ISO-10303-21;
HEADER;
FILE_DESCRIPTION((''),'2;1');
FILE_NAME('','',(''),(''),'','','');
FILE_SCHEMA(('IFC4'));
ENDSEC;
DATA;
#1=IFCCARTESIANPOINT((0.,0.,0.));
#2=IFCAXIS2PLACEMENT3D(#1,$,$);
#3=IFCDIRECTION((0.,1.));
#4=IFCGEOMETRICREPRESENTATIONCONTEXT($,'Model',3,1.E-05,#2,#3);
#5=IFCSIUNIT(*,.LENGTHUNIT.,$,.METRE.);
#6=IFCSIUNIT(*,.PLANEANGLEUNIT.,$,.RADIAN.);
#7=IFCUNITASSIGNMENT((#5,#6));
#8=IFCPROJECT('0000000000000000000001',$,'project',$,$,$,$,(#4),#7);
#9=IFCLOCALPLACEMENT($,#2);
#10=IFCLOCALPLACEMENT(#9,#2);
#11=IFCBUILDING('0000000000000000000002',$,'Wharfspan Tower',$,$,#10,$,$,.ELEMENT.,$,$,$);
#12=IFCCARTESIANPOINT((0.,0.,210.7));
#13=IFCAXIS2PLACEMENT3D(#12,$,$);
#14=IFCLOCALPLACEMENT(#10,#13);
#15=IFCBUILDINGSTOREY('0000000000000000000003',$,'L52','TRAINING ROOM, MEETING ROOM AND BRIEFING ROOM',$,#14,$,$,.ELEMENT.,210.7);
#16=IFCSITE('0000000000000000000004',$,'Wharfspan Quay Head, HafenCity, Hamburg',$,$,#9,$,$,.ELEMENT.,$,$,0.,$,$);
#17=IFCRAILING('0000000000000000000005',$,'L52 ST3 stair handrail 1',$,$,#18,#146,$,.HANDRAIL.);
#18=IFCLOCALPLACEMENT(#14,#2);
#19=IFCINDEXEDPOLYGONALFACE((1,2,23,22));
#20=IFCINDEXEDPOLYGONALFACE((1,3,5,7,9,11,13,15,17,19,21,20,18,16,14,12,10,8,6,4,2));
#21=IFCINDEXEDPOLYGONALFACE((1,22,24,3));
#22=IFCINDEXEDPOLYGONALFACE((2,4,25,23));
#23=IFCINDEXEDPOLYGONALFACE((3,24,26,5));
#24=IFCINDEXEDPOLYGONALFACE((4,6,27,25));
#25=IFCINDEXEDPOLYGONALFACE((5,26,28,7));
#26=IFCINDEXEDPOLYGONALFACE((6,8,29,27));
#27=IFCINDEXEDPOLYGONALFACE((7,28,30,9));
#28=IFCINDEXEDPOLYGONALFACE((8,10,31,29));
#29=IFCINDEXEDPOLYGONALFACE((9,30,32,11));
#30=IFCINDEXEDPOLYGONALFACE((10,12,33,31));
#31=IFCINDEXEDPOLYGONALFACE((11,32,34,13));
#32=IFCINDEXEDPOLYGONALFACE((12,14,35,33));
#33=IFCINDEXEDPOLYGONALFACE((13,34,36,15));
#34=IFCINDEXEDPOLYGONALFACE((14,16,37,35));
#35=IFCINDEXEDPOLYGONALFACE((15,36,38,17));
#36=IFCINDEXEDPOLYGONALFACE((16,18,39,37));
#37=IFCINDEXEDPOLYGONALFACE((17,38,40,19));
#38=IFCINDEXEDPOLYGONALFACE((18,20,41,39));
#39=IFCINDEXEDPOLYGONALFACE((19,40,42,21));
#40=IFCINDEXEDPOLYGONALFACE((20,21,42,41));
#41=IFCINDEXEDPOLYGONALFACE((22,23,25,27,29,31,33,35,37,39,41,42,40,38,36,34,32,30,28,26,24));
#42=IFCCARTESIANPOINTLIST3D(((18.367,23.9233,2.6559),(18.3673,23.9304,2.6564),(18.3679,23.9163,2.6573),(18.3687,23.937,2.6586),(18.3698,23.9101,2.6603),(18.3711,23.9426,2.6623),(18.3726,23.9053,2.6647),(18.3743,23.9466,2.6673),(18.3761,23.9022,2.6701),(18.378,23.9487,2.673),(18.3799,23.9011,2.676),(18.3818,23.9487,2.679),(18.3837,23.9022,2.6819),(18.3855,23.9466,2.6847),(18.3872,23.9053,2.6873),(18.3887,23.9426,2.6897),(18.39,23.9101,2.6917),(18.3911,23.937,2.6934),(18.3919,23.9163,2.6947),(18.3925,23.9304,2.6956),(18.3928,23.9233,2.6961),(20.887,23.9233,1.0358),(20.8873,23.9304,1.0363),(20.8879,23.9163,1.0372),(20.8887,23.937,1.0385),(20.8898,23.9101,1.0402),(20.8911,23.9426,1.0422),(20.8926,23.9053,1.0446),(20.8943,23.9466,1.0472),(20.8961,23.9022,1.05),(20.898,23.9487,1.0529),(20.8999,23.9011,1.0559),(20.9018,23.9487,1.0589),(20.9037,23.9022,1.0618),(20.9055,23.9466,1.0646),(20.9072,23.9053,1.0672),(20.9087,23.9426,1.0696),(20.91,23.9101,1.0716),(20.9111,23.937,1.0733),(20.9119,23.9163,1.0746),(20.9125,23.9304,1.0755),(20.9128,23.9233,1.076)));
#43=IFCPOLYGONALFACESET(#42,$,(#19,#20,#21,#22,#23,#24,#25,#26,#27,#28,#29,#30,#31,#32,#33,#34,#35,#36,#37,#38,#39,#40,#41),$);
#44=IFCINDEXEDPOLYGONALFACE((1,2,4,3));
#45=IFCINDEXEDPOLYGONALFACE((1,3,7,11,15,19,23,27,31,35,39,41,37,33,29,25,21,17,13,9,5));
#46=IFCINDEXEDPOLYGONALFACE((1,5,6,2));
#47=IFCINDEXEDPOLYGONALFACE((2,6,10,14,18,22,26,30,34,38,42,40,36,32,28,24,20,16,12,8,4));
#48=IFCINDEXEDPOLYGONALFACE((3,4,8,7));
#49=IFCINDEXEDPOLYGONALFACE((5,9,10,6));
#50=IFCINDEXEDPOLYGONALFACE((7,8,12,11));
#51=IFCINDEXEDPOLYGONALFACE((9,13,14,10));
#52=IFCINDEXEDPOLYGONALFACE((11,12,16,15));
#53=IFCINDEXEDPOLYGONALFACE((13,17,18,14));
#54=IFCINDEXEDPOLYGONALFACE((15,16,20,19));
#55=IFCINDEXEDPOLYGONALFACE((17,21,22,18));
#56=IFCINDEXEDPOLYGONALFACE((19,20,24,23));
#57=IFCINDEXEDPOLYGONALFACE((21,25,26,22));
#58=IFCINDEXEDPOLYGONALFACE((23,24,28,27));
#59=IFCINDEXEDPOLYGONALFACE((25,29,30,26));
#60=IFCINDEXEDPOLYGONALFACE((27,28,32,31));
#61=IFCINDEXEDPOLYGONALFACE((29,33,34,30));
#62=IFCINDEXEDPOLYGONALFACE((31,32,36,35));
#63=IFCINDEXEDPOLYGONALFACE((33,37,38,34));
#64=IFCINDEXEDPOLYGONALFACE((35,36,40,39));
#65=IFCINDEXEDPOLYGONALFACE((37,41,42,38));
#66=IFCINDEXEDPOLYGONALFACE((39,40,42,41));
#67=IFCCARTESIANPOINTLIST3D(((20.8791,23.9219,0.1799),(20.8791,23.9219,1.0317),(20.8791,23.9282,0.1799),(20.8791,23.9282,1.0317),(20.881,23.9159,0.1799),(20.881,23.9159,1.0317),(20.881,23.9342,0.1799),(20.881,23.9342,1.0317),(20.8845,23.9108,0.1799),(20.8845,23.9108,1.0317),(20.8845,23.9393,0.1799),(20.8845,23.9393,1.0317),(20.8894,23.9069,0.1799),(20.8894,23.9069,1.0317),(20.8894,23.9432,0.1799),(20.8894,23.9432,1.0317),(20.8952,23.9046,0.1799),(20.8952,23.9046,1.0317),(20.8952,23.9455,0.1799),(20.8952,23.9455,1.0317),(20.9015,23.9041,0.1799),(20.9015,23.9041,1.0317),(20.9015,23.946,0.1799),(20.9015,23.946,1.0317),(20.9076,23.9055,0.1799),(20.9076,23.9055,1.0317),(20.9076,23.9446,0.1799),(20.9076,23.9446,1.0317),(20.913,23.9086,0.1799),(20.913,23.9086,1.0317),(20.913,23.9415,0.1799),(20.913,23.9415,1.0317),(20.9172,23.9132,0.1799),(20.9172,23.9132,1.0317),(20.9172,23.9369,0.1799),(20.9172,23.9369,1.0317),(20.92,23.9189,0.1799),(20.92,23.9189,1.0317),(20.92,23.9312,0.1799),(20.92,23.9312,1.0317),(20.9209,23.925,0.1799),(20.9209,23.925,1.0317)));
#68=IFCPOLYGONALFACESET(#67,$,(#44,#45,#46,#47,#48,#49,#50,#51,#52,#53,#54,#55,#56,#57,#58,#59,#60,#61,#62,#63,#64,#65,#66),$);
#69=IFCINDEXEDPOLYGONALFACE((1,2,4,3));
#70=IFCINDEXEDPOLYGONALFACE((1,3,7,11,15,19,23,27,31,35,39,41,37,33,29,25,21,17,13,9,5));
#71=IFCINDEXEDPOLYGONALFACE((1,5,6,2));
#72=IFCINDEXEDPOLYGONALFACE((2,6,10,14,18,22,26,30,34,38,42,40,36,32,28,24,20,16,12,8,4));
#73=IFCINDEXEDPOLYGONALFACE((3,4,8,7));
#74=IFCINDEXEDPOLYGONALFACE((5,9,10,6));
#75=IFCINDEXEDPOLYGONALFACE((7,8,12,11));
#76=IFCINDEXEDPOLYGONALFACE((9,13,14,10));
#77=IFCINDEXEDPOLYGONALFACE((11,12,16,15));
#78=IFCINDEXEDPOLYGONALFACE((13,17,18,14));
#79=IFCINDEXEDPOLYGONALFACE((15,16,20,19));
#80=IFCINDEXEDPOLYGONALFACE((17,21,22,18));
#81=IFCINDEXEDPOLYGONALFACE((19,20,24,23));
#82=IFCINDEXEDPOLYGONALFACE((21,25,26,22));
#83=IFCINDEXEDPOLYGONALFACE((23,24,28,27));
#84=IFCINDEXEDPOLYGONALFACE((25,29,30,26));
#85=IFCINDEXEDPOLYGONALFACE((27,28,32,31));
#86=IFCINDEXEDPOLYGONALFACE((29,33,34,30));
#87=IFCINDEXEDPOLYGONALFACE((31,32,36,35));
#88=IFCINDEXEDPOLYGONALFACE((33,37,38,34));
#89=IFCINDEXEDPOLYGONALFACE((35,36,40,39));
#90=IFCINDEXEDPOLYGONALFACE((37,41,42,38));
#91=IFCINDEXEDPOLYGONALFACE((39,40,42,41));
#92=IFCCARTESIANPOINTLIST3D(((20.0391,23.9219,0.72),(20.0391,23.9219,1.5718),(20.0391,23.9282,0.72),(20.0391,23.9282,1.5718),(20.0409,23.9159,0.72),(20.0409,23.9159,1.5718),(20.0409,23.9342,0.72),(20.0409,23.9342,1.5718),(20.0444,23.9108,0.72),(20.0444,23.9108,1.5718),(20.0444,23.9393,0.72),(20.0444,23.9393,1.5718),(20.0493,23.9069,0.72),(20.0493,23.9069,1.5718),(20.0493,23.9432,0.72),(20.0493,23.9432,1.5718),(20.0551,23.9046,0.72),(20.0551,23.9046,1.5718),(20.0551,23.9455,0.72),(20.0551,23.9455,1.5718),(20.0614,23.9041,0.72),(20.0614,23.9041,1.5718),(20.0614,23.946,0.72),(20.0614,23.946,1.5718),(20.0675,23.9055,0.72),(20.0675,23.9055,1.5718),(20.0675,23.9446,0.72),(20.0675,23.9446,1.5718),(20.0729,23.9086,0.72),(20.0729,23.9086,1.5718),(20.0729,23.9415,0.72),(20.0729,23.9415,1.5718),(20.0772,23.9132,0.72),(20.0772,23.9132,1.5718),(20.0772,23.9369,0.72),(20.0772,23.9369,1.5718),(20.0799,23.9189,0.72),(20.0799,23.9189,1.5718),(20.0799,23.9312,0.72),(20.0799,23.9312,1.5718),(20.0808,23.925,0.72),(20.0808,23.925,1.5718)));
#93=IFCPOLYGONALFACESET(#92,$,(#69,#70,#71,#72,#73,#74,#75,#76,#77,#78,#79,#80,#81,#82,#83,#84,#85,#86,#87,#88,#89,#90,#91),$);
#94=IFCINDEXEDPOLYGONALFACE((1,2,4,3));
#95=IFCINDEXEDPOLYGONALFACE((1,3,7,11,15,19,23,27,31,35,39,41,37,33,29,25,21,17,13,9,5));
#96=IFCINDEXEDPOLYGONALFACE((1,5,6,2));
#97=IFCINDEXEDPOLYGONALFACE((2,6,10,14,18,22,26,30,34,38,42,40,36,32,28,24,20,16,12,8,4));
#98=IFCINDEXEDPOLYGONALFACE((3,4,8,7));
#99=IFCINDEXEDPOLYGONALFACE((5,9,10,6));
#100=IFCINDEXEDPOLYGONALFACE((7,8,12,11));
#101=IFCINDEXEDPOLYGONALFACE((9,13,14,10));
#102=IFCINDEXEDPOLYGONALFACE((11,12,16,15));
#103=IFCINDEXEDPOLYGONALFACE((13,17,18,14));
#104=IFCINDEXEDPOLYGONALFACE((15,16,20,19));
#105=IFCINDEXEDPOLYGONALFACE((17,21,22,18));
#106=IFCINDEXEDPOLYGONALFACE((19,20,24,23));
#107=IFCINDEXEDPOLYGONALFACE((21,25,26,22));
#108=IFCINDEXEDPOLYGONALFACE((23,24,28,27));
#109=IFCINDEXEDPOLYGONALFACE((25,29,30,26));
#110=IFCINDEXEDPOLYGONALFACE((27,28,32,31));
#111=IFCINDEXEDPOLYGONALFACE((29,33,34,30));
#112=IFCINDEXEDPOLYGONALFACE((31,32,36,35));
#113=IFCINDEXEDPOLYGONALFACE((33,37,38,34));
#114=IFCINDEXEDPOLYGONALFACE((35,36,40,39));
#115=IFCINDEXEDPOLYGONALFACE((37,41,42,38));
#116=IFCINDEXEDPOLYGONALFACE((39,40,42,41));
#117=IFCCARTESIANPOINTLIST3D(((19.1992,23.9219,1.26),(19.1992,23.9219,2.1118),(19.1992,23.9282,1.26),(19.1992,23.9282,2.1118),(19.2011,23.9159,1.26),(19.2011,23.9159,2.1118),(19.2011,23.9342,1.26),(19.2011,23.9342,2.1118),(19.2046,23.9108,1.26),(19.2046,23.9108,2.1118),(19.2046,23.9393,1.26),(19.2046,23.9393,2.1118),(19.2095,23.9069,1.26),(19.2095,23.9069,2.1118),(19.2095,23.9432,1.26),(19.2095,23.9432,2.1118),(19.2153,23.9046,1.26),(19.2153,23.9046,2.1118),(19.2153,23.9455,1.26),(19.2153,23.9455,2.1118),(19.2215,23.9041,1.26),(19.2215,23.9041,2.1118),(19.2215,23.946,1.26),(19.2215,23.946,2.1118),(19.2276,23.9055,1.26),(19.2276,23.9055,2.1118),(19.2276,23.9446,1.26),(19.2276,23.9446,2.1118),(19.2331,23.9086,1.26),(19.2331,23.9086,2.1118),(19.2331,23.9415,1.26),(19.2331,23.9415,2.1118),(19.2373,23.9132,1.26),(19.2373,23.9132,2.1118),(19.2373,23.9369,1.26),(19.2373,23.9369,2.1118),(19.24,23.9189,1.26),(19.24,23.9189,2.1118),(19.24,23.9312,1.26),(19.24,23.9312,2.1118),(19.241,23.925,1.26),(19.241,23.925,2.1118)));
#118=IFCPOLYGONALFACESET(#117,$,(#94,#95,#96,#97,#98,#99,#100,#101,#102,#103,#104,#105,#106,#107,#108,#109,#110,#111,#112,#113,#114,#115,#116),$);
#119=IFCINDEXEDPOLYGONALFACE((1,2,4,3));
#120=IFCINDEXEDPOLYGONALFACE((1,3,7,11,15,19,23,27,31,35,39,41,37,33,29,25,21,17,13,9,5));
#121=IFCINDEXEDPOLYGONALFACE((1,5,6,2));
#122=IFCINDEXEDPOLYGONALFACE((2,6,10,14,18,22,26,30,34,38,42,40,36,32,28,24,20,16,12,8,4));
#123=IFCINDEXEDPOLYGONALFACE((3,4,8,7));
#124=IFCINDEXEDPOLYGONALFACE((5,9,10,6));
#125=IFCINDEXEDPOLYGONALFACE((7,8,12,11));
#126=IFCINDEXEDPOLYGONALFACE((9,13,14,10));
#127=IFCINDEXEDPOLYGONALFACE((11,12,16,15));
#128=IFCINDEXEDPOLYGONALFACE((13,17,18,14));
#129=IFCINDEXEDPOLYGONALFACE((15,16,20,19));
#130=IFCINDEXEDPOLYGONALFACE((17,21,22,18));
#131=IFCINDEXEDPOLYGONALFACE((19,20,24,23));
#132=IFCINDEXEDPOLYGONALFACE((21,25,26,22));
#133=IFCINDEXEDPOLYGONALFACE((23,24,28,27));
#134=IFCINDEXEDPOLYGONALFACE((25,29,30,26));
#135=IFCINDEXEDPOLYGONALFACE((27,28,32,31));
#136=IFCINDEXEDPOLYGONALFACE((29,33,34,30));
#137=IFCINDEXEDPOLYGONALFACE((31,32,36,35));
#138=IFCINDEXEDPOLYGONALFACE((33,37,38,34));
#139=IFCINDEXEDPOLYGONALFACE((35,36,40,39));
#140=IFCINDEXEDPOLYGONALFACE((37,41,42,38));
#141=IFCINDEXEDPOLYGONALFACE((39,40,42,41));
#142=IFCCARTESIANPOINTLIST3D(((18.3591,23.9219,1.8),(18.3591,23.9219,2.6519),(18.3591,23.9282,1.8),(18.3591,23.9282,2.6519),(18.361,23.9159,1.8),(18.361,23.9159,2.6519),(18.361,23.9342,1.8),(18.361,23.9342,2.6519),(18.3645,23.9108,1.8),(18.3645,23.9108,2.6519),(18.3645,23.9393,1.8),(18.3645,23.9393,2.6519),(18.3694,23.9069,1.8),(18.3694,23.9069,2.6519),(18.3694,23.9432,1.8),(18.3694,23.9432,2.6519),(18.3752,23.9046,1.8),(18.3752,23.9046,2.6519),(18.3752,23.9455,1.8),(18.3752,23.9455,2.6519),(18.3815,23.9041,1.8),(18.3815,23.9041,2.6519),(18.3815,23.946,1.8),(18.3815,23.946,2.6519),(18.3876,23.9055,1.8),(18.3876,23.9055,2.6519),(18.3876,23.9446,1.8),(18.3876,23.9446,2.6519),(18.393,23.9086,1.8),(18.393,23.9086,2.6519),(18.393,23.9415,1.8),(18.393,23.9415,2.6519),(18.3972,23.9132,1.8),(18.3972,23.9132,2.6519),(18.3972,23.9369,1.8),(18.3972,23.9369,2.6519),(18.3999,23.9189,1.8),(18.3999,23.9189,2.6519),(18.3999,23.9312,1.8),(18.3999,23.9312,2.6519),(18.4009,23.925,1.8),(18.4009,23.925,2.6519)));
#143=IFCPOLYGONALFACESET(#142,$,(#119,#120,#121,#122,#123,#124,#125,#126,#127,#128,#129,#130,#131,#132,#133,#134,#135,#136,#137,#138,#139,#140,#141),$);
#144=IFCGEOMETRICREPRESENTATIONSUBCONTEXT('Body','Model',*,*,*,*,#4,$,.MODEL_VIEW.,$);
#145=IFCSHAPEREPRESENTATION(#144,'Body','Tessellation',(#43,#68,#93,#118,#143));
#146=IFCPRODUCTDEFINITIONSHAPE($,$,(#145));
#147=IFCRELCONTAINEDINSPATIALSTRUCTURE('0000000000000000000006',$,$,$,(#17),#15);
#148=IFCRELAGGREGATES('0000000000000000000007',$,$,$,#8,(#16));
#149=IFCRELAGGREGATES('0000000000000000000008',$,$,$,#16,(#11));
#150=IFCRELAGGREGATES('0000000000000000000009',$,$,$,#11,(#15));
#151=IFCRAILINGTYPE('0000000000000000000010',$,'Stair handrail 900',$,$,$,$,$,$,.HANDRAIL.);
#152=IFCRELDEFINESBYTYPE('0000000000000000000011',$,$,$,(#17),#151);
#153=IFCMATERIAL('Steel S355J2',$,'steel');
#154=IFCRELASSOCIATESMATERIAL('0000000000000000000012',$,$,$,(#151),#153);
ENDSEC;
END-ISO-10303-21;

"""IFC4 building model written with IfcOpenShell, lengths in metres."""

from ifc_helpers import new_model, si_unit, direction, frame, origin, origin_2d, place, context, subcontext, project, spatial, circle, extrude, material, type_object, element, save


model = new_model("IFC4")

# Units and contexts
model_context = context("Model", 3, precision=1e-05, world=origin(), true_north=direction((0.0, 1.0)))
body_context = subcontext(model_context, "Body", "Model", "MODEL_VIEW")
ifc_project = project(units=[si_unit("LENGTHUNIT", "METRE"), si_unit("PLANEANGLEUNIT", "RADIAN")], contexts=[model_context])

# Site, building, storey
site_placement = place(None, origin())
site = spatial("IfcSite", under=ifc_project, at=site_placement, Name="Wharfspan Quay Head, HafenCity, Hamburg", CompositionType="ELEMENT", RefElevation=0.0)
building_placement = place(site_placement, origin())
building = spatial("IfcBuilding", under=site, at=building_placement, Name="Wharfspan Tower", CompositionType="ELEMENT")
storey_placement = place(building_placement, frame((0.0, 0.0, 210.7)))
storey = spatial("IfcBuildingStorey", under=building, at=storey_placement, Name="L52", Description="TRAINING ROOM, MEETING ROOM AND BRIEFING ROOM", CompositionType="ELEMENT", Elevation=210.7)

# Shared definitions
ifc_material_1 = material(Name="Steel S355J2", Category="steel")

# Railing
railing_type_1 = type_object("IfcRailingType", Name="Stair handrail 900", PredefinedType="HANDRAIL", material=ifc_material_1)
railing_1_placement = place(storey_placement, frame((20.8999, 23.925, 0.1799)))
element("IfcRailing", 1, at=railing_1_placement, inside=storey, type_object=railing_type_1, Name="L52 ST3 stair handrail 1", PredefinedType="HANDRAIL", context=body_context, shape_type="SweptSolid", body=[
    extrude(circle(Radius=0.0239, at=origin_2d()), frame((0.0, 0.0, 0.876), z_axis=(-0.841163, 0.0, 0.540782), x_axis=(0.0, -1.0, 0.0)), (0.0, 0.0, 1.0), 2.9958),
    extrude(circle(Radius=0.021, at=origin_2d()), origin(), (0.0, 0.0, 1.0), 0.8518),
    extrude(circle(Radius=0.021, at=origin_2d()), frame((-0.8401, 0.0, 0.54)), (0.0, 0.0, 1.0), 0.8518),
    extrude(circle(Radius=0.021, at=origin_2d()), frame((-1.6799, 0.0, 1.0801)), (0.0, 0.0, 1.0), 0.8518),
    extrude(circle(Radius=0.021, at=origin_2d()), frame((-2.52, 0.0, 1.6201)), (0.0, 0.0, 1.0), 0.8518),
])

save(model, "model.ifc")
